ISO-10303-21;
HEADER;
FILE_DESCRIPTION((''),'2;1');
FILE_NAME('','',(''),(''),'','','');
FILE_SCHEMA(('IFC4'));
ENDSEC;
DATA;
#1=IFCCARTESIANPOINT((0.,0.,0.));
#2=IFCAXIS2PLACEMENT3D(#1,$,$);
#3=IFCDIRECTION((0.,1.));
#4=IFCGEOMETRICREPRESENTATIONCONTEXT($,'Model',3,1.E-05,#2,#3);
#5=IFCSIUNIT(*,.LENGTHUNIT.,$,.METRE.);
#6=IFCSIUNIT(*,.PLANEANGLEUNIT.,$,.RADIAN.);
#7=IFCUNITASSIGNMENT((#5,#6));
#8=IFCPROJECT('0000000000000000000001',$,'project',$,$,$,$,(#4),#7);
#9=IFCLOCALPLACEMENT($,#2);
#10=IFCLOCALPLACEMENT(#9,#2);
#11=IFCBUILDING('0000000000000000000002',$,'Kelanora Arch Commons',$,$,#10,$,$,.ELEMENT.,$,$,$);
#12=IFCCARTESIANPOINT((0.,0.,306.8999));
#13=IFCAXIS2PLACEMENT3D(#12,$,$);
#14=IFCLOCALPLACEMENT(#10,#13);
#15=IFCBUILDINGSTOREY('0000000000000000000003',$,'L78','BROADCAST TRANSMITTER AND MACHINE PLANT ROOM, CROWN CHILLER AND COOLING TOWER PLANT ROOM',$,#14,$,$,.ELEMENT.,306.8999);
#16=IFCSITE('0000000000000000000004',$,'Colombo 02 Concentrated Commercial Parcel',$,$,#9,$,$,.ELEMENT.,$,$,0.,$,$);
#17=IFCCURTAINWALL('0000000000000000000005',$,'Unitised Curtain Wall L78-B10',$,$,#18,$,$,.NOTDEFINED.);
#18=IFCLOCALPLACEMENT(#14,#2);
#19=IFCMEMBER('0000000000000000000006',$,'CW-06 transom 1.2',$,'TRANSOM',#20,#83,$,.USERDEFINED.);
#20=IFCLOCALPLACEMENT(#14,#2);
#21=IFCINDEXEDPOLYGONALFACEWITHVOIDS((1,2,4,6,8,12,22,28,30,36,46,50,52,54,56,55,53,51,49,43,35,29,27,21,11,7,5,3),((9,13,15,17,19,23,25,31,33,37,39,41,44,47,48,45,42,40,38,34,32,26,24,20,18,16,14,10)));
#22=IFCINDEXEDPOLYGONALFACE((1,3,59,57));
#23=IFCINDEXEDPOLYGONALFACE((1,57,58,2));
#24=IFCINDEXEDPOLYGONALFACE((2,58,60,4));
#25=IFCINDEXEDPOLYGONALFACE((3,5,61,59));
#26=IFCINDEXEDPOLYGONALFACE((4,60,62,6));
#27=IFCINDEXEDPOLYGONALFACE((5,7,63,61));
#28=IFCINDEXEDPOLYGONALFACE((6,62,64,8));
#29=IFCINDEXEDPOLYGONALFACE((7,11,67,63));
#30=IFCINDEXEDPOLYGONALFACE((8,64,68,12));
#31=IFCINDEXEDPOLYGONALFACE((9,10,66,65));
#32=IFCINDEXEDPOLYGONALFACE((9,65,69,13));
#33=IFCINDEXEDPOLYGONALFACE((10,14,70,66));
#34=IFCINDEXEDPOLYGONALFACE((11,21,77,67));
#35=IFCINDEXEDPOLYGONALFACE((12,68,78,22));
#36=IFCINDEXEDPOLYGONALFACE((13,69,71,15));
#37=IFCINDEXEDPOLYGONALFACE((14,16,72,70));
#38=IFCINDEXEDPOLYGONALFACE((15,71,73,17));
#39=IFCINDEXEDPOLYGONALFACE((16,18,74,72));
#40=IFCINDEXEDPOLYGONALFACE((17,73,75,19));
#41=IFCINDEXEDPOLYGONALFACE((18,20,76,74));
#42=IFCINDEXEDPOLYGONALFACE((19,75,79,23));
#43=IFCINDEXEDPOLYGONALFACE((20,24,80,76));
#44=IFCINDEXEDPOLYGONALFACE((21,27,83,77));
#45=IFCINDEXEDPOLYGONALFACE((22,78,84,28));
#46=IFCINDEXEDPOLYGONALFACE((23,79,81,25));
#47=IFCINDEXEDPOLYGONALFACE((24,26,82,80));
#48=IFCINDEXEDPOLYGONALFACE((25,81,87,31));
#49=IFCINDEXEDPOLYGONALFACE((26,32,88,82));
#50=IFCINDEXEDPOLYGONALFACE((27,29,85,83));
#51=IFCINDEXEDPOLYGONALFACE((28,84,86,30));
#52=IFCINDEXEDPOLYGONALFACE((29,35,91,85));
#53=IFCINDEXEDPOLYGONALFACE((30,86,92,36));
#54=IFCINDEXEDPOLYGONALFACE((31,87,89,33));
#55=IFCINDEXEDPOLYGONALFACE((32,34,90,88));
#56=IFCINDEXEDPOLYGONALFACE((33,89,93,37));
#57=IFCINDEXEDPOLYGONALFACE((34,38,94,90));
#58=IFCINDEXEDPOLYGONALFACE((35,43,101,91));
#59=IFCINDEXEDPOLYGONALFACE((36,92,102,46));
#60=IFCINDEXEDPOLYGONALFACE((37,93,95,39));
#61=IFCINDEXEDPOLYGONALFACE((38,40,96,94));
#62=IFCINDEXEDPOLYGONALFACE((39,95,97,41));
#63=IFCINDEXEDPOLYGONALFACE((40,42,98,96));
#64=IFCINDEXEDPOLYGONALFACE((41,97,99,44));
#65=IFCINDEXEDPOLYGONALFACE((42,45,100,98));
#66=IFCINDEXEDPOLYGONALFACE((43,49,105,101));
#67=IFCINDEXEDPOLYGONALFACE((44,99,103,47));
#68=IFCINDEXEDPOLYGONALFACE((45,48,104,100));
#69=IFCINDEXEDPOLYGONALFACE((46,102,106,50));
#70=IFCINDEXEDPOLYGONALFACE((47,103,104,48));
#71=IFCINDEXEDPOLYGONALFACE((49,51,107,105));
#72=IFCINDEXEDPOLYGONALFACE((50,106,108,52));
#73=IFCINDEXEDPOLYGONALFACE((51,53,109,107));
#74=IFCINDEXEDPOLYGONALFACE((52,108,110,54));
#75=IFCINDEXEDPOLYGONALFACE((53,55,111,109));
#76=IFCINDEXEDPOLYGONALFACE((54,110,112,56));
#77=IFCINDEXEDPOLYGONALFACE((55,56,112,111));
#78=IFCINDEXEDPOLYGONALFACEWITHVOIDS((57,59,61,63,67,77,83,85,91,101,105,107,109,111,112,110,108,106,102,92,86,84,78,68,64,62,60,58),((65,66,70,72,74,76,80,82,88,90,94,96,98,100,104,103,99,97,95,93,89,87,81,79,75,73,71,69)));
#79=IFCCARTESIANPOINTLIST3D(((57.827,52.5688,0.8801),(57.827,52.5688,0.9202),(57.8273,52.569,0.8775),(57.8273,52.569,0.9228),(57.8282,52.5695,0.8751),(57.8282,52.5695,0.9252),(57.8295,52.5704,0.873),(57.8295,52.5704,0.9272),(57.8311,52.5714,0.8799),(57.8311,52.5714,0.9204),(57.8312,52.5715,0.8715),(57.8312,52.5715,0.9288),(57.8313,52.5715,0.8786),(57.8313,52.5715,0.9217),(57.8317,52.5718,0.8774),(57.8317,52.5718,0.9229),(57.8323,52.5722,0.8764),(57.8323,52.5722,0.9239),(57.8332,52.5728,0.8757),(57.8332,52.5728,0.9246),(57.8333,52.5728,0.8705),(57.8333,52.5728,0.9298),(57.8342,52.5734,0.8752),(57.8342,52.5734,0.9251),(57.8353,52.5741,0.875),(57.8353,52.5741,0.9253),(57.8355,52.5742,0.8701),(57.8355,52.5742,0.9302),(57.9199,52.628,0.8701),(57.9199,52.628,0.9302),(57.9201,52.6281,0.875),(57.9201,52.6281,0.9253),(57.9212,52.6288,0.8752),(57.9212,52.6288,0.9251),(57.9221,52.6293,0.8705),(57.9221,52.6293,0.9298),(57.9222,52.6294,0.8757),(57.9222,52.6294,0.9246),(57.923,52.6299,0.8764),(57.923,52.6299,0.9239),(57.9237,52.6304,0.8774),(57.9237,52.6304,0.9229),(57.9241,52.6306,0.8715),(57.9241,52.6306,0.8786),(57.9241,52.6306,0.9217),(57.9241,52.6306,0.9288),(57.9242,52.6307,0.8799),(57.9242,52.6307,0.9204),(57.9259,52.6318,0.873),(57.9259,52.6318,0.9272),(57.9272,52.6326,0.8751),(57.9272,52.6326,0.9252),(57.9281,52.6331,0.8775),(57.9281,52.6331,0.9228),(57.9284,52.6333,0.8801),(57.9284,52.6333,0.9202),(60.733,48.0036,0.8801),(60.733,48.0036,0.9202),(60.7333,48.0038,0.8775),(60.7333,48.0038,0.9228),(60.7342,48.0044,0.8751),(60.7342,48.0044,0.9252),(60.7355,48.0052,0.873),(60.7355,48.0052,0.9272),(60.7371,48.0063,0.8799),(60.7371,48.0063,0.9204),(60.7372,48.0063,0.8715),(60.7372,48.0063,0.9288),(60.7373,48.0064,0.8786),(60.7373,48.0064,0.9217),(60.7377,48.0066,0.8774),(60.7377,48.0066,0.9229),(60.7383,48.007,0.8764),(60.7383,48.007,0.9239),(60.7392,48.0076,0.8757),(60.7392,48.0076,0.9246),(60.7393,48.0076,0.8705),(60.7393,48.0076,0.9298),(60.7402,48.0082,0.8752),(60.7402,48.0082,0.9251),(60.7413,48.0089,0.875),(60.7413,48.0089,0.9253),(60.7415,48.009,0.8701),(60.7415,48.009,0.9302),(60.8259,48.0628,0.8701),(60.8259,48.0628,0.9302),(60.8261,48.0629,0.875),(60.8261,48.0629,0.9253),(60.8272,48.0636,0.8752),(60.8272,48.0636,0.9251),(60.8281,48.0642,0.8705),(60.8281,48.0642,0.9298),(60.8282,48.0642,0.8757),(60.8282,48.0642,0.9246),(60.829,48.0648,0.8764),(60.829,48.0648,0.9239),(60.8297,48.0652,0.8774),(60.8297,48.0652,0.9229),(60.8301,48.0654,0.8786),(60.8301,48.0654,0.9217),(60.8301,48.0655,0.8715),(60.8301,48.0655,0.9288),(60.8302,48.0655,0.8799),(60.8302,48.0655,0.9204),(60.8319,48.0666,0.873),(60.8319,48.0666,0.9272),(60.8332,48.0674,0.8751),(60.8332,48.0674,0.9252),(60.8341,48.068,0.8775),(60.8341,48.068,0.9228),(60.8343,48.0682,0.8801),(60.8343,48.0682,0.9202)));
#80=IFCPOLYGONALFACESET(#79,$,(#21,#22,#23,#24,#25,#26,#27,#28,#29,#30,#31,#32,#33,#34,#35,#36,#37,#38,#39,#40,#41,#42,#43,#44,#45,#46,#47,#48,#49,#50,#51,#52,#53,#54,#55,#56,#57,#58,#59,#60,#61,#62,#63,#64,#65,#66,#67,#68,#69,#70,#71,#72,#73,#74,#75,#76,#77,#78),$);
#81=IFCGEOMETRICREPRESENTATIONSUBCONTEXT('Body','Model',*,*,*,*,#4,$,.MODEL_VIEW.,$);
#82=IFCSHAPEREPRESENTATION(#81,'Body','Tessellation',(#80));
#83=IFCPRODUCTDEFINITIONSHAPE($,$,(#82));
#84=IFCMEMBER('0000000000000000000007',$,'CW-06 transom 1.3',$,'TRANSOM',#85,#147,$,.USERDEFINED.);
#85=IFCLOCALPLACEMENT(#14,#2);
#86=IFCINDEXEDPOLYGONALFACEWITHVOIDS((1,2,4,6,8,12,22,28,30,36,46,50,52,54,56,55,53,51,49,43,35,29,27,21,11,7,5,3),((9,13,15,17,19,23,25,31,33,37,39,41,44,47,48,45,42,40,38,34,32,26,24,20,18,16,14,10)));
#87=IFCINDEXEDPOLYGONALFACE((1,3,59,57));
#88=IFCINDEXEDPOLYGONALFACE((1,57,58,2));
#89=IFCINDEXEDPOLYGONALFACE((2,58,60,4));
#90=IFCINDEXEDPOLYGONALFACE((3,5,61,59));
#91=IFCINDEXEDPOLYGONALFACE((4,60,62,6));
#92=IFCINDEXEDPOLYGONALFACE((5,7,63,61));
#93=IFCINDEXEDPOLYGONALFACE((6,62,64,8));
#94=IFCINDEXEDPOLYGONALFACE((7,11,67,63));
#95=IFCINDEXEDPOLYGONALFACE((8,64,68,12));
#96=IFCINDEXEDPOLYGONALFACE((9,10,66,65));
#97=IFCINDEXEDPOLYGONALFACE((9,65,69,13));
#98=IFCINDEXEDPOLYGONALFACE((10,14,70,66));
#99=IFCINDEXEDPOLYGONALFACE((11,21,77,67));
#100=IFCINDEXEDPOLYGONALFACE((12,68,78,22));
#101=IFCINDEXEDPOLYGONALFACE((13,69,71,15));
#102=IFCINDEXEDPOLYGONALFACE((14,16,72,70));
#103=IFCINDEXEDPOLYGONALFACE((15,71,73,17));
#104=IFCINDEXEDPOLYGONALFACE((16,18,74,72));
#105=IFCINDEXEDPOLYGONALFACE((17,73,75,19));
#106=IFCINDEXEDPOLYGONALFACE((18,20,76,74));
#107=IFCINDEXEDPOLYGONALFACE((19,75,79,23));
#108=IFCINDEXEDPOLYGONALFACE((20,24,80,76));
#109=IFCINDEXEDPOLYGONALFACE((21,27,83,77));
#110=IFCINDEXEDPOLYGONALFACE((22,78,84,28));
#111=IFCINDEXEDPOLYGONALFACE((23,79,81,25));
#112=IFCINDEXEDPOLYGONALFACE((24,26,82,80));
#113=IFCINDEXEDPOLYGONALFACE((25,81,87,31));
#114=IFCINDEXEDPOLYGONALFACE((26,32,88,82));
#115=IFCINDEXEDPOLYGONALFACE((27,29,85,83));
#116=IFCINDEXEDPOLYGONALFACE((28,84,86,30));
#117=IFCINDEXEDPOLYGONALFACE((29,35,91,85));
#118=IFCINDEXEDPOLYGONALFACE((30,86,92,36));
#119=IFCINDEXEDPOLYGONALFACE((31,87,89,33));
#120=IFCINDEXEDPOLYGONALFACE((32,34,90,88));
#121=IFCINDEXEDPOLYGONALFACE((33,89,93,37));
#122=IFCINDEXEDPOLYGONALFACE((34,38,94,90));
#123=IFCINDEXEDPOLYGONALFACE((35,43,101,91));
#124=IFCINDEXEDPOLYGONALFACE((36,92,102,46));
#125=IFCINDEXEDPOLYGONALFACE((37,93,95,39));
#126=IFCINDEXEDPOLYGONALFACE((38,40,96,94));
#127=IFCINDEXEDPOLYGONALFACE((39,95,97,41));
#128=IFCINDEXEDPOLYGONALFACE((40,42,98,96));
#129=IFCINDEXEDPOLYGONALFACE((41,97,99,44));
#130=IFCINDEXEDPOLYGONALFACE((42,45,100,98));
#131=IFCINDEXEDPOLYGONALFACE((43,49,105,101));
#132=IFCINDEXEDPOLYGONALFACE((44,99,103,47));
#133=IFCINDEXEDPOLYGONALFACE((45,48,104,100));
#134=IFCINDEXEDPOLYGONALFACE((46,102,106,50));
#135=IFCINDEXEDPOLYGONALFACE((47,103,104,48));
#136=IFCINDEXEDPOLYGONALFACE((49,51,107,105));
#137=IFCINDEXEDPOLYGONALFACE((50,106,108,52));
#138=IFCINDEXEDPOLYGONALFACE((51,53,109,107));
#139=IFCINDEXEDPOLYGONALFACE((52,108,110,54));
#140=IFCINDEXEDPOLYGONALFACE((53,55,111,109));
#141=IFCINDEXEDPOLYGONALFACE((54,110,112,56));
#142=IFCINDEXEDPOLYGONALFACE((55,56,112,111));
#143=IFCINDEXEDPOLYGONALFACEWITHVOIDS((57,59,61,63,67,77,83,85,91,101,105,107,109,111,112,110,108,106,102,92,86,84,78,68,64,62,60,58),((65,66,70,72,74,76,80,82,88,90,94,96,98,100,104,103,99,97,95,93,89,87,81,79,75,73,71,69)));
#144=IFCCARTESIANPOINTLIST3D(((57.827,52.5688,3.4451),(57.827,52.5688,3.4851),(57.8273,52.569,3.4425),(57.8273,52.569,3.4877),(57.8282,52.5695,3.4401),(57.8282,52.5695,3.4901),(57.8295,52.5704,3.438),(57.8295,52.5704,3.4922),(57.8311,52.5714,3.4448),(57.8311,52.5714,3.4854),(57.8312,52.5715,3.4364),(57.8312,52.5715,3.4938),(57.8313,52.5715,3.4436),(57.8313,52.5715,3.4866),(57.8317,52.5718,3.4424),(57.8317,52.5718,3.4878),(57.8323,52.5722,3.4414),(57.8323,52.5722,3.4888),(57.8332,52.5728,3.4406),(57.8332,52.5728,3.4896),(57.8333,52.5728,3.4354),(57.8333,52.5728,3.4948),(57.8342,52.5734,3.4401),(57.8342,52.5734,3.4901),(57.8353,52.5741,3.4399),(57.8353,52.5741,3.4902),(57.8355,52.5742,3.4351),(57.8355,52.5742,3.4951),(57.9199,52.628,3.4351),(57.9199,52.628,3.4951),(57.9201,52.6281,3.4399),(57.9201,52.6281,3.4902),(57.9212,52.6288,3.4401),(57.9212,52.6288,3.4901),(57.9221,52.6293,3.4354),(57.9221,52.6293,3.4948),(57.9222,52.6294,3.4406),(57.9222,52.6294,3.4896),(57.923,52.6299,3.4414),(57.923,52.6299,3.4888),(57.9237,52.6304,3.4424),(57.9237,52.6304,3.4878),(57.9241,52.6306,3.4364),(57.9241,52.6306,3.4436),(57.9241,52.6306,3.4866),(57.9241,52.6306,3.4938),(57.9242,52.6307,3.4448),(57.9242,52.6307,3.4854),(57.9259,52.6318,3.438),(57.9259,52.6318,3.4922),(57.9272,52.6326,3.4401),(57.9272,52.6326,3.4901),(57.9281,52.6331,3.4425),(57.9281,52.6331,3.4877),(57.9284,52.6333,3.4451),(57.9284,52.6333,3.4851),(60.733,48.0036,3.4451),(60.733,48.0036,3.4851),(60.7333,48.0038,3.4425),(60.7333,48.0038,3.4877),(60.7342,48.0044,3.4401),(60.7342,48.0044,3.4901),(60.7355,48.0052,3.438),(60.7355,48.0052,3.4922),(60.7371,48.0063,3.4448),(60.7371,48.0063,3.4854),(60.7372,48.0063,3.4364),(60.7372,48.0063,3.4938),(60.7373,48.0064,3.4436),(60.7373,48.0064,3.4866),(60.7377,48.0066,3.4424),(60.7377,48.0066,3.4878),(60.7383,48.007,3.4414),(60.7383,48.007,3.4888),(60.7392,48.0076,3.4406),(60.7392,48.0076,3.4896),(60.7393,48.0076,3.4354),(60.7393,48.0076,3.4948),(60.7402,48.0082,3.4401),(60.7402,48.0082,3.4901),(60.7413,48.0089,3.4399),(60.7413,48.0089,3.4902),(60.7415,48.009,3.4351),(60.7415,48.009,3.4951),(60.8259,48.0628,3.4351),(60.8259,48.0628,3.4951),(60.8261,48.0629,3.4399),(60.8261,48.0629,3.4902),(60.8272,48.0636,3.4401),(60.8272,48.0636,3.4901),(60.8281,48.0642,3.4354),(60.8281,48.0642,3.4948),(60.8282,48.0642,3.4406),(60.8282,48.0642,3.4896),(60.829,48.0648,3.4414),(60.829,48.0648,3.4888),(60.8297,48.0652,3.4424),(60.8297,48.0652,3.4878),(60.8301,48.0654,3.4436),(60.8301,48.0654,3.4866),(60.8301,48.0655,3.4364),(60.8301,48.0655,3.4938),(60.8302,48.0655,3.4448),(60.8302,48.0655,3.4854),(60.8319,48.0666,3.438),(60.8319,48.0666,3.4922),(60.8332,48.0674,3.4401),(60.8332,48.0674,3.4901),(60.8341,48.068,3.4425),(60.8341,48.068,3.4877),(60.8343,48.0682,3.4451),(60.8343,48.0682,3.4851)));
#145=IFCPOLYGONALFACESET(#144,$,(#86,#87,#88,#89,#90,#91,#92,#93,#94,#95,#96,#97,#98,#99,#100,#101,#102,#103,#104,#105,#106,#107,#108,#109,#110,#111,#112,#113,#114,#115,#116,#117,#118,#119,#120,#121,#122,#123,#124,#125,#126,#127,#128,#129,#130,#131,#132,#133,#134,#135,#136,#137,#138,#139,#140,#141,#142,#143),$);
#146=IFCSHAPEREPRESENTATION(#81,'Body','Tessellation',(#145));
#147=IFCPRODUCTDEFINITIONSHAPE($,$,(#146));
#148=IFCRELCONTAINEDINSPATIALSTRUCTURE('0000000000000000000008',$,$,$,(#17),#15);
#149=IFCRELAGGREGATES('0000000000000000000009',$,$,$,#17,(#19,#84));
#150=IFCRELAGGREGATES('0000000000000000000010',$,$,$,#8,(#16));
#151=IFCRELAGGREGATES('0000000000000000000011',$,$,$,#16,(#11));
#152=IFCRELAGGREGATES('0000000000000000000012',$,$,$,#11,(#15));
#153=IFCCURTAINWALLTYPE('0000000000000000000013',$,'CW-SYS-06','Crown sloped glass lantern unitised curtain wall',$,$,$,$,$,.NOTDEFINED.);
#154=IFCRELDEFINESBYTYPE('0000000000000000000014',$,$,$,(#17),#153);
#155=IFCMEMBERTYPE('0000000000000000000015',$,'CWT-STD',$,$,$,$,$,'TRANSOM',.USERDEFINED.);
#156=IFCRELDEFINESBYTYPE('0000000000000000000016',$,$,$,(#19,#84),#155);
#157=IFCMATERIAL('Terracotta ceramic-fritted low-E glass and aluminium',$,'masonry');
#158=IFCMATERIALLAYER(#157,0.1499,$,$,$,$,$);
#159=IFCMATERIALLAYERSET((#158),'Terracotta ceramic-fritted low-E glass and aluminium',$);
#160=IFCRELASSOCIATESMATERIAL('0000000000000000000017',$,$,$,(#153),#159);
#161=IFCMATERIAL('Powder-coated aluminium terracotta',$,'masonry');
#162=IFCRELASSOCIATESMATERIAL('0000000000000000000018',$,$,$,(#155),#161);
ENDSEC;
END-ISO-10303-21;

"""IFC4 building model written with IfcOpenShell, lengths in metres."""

from ifc_helpers import new_model, si_unit, direction, frame, origin, origin_2d, place, context, subcontext, project, spatial, hollow_rectangle, extrude, material, layer, layer_set, material_profile, profile_set, type_object, element, aggregate, save


model = new_model("IFC4")

# Units and contexts
model_context = context("Model", 3, precision=1e-05, world=origin(), true_north=direction((0.0, 1.0)))
body_context = subcontext(model_context, "Body", "Model", "MODEL_VIEW")
ifc_project = project(units=[si_unit("LENGTHUNIT", "METRE"), si_unit("PLANEANGLEUNIT", "RADIAN")], contexts=[model_context])

# Site, building, storey
site_placement = place(None, origin())
site = spatial("IfcSite", under=ifc_project, at=site_placement, Name="Colombo 02 Concentrated Commercial Parcel", CompositionType="ELEMENT", RefElevation=0.0)
building_placement = place(site_placement, origin())
building = spatial("IfcBuilding", under=site, at=building_placement, Name="Kelanora Arch Commons", CompositionType="ELEMENT")
storey_placement = place(building_placement, frame((0.0, 0.0, 306.8999)))
storey = spatial("IfcBuildingStorey", under=building, at=storey_placement, Name="L78", Description="BROADCAST TRANSMITTER AND MACHINE PLANT ROOM, CROWN CHILLER AND COOLING TOWER PLANT ROOM", CompositionType="ELEMENT", Elevation=306.8999)

# Curtain wall
ifc_material_1 = material(Name="Terracotta ceramic-fritted low-E glass and aluminium", Category="masonry")
ifc_layer_1 = layer(ifc_material_1, 0.1499)
ifc_layer_set_1 = layer_set([ifc_layer_1], Name="Terracotta ceramic-fritted low-E glass and aluminium")
curtain_wall_type = type_object("IfcCurtainWallType", Name="CW-SYS-06", Description="Crown sloped glass lantern unitised curtain wall", PredefinedType="NOTDEFINED", material=ifc_layer_set_1)
ifc_material_2 = material(Name="Powder-coated aluminium terracotta", Category="masonry")
curtain_wall_1_placement = place(storey_placement, origin())
curtain_wall_1 = element("IfcCurtainWall", 1, at=curtain_wall_1_placement, inside=storey, type_object=curtain_wall_type, Name="Unitised Curtain Wall L78-B10", PredefinedType="NOTDEFINED")

# Members
ifc_material_profile_1 = material_profile(ifc_material_2, hollow_rectangle(XDim=0.1201, YDim=0.0601, WallThickness=0.0049, InnerFilletRadius=0.0049, OuterFilletRadius=0.01, at=origin_2d()), Name="CWT120x60")
ifc_profile_set_1 = profile_set([ifc_material_profile_1], Name="Powder-coated aluminium terracotta")
member_type_1 = type_object("IfcMemberType", Name="CWT-STD", ElementType="TRANSOM", PredefinedType="USERDEFINED", material=ifc_profile_set_1)
member_1_placement = place(storey_placement, frame((57.8777, 52.6011, 0.9001), z_axis=(0.536992, -0.843587, 0.0), x_axis=(0.843587, 0.536992, 0.0)))
member_1 = element("IfcMember", 2, at=member_1_placement, type_object=member_type_1, Name="CW-06 transom 1.2", ObjectType="TRANSOM", PredefinedType="USERDEFINED", context=body_context, shape_type="SweptSolid", body=[
    extrude(hollow_rectangle(XDim=0.1201, YDim=0.0601, WallThickness=0.0049, InnerFilletRadius=0.0049, OuterFilletRadius=0.01, at=origin_2d()), origin(), (0.0, 0.0, 1.0), 5.4116),
])
member_2_placement = place(storey_placement, frame((57.8777, 52.6011, 3.4651), z_axis=(0.536992, -0.843587, 0.0), x_axis=(0.843587, 0.536992, 0.0)))
member_2 = element("IfcMember", 3, at=member_2_placement, type_object=member_type_1, Name="CW-06 transom 1.3", ObjectType="TRANSOM", PredefinedType="USERDEFINED", context=body_context, shape_type="SweptSolid", body=[
    extrude(hollow_rectangle(XDim=0.1201, YDim=0.0601, WallThickness=0.0049, InnerFilletRadius=0.0049, OuterFilletRadius=0.01, at=origin_2d()), origin(), (0.0, 0.0, 1.0), 5.4116),
])

aggregate(curtain_wall_1, [member_1, member_2])

save(model, "model.ifc")
